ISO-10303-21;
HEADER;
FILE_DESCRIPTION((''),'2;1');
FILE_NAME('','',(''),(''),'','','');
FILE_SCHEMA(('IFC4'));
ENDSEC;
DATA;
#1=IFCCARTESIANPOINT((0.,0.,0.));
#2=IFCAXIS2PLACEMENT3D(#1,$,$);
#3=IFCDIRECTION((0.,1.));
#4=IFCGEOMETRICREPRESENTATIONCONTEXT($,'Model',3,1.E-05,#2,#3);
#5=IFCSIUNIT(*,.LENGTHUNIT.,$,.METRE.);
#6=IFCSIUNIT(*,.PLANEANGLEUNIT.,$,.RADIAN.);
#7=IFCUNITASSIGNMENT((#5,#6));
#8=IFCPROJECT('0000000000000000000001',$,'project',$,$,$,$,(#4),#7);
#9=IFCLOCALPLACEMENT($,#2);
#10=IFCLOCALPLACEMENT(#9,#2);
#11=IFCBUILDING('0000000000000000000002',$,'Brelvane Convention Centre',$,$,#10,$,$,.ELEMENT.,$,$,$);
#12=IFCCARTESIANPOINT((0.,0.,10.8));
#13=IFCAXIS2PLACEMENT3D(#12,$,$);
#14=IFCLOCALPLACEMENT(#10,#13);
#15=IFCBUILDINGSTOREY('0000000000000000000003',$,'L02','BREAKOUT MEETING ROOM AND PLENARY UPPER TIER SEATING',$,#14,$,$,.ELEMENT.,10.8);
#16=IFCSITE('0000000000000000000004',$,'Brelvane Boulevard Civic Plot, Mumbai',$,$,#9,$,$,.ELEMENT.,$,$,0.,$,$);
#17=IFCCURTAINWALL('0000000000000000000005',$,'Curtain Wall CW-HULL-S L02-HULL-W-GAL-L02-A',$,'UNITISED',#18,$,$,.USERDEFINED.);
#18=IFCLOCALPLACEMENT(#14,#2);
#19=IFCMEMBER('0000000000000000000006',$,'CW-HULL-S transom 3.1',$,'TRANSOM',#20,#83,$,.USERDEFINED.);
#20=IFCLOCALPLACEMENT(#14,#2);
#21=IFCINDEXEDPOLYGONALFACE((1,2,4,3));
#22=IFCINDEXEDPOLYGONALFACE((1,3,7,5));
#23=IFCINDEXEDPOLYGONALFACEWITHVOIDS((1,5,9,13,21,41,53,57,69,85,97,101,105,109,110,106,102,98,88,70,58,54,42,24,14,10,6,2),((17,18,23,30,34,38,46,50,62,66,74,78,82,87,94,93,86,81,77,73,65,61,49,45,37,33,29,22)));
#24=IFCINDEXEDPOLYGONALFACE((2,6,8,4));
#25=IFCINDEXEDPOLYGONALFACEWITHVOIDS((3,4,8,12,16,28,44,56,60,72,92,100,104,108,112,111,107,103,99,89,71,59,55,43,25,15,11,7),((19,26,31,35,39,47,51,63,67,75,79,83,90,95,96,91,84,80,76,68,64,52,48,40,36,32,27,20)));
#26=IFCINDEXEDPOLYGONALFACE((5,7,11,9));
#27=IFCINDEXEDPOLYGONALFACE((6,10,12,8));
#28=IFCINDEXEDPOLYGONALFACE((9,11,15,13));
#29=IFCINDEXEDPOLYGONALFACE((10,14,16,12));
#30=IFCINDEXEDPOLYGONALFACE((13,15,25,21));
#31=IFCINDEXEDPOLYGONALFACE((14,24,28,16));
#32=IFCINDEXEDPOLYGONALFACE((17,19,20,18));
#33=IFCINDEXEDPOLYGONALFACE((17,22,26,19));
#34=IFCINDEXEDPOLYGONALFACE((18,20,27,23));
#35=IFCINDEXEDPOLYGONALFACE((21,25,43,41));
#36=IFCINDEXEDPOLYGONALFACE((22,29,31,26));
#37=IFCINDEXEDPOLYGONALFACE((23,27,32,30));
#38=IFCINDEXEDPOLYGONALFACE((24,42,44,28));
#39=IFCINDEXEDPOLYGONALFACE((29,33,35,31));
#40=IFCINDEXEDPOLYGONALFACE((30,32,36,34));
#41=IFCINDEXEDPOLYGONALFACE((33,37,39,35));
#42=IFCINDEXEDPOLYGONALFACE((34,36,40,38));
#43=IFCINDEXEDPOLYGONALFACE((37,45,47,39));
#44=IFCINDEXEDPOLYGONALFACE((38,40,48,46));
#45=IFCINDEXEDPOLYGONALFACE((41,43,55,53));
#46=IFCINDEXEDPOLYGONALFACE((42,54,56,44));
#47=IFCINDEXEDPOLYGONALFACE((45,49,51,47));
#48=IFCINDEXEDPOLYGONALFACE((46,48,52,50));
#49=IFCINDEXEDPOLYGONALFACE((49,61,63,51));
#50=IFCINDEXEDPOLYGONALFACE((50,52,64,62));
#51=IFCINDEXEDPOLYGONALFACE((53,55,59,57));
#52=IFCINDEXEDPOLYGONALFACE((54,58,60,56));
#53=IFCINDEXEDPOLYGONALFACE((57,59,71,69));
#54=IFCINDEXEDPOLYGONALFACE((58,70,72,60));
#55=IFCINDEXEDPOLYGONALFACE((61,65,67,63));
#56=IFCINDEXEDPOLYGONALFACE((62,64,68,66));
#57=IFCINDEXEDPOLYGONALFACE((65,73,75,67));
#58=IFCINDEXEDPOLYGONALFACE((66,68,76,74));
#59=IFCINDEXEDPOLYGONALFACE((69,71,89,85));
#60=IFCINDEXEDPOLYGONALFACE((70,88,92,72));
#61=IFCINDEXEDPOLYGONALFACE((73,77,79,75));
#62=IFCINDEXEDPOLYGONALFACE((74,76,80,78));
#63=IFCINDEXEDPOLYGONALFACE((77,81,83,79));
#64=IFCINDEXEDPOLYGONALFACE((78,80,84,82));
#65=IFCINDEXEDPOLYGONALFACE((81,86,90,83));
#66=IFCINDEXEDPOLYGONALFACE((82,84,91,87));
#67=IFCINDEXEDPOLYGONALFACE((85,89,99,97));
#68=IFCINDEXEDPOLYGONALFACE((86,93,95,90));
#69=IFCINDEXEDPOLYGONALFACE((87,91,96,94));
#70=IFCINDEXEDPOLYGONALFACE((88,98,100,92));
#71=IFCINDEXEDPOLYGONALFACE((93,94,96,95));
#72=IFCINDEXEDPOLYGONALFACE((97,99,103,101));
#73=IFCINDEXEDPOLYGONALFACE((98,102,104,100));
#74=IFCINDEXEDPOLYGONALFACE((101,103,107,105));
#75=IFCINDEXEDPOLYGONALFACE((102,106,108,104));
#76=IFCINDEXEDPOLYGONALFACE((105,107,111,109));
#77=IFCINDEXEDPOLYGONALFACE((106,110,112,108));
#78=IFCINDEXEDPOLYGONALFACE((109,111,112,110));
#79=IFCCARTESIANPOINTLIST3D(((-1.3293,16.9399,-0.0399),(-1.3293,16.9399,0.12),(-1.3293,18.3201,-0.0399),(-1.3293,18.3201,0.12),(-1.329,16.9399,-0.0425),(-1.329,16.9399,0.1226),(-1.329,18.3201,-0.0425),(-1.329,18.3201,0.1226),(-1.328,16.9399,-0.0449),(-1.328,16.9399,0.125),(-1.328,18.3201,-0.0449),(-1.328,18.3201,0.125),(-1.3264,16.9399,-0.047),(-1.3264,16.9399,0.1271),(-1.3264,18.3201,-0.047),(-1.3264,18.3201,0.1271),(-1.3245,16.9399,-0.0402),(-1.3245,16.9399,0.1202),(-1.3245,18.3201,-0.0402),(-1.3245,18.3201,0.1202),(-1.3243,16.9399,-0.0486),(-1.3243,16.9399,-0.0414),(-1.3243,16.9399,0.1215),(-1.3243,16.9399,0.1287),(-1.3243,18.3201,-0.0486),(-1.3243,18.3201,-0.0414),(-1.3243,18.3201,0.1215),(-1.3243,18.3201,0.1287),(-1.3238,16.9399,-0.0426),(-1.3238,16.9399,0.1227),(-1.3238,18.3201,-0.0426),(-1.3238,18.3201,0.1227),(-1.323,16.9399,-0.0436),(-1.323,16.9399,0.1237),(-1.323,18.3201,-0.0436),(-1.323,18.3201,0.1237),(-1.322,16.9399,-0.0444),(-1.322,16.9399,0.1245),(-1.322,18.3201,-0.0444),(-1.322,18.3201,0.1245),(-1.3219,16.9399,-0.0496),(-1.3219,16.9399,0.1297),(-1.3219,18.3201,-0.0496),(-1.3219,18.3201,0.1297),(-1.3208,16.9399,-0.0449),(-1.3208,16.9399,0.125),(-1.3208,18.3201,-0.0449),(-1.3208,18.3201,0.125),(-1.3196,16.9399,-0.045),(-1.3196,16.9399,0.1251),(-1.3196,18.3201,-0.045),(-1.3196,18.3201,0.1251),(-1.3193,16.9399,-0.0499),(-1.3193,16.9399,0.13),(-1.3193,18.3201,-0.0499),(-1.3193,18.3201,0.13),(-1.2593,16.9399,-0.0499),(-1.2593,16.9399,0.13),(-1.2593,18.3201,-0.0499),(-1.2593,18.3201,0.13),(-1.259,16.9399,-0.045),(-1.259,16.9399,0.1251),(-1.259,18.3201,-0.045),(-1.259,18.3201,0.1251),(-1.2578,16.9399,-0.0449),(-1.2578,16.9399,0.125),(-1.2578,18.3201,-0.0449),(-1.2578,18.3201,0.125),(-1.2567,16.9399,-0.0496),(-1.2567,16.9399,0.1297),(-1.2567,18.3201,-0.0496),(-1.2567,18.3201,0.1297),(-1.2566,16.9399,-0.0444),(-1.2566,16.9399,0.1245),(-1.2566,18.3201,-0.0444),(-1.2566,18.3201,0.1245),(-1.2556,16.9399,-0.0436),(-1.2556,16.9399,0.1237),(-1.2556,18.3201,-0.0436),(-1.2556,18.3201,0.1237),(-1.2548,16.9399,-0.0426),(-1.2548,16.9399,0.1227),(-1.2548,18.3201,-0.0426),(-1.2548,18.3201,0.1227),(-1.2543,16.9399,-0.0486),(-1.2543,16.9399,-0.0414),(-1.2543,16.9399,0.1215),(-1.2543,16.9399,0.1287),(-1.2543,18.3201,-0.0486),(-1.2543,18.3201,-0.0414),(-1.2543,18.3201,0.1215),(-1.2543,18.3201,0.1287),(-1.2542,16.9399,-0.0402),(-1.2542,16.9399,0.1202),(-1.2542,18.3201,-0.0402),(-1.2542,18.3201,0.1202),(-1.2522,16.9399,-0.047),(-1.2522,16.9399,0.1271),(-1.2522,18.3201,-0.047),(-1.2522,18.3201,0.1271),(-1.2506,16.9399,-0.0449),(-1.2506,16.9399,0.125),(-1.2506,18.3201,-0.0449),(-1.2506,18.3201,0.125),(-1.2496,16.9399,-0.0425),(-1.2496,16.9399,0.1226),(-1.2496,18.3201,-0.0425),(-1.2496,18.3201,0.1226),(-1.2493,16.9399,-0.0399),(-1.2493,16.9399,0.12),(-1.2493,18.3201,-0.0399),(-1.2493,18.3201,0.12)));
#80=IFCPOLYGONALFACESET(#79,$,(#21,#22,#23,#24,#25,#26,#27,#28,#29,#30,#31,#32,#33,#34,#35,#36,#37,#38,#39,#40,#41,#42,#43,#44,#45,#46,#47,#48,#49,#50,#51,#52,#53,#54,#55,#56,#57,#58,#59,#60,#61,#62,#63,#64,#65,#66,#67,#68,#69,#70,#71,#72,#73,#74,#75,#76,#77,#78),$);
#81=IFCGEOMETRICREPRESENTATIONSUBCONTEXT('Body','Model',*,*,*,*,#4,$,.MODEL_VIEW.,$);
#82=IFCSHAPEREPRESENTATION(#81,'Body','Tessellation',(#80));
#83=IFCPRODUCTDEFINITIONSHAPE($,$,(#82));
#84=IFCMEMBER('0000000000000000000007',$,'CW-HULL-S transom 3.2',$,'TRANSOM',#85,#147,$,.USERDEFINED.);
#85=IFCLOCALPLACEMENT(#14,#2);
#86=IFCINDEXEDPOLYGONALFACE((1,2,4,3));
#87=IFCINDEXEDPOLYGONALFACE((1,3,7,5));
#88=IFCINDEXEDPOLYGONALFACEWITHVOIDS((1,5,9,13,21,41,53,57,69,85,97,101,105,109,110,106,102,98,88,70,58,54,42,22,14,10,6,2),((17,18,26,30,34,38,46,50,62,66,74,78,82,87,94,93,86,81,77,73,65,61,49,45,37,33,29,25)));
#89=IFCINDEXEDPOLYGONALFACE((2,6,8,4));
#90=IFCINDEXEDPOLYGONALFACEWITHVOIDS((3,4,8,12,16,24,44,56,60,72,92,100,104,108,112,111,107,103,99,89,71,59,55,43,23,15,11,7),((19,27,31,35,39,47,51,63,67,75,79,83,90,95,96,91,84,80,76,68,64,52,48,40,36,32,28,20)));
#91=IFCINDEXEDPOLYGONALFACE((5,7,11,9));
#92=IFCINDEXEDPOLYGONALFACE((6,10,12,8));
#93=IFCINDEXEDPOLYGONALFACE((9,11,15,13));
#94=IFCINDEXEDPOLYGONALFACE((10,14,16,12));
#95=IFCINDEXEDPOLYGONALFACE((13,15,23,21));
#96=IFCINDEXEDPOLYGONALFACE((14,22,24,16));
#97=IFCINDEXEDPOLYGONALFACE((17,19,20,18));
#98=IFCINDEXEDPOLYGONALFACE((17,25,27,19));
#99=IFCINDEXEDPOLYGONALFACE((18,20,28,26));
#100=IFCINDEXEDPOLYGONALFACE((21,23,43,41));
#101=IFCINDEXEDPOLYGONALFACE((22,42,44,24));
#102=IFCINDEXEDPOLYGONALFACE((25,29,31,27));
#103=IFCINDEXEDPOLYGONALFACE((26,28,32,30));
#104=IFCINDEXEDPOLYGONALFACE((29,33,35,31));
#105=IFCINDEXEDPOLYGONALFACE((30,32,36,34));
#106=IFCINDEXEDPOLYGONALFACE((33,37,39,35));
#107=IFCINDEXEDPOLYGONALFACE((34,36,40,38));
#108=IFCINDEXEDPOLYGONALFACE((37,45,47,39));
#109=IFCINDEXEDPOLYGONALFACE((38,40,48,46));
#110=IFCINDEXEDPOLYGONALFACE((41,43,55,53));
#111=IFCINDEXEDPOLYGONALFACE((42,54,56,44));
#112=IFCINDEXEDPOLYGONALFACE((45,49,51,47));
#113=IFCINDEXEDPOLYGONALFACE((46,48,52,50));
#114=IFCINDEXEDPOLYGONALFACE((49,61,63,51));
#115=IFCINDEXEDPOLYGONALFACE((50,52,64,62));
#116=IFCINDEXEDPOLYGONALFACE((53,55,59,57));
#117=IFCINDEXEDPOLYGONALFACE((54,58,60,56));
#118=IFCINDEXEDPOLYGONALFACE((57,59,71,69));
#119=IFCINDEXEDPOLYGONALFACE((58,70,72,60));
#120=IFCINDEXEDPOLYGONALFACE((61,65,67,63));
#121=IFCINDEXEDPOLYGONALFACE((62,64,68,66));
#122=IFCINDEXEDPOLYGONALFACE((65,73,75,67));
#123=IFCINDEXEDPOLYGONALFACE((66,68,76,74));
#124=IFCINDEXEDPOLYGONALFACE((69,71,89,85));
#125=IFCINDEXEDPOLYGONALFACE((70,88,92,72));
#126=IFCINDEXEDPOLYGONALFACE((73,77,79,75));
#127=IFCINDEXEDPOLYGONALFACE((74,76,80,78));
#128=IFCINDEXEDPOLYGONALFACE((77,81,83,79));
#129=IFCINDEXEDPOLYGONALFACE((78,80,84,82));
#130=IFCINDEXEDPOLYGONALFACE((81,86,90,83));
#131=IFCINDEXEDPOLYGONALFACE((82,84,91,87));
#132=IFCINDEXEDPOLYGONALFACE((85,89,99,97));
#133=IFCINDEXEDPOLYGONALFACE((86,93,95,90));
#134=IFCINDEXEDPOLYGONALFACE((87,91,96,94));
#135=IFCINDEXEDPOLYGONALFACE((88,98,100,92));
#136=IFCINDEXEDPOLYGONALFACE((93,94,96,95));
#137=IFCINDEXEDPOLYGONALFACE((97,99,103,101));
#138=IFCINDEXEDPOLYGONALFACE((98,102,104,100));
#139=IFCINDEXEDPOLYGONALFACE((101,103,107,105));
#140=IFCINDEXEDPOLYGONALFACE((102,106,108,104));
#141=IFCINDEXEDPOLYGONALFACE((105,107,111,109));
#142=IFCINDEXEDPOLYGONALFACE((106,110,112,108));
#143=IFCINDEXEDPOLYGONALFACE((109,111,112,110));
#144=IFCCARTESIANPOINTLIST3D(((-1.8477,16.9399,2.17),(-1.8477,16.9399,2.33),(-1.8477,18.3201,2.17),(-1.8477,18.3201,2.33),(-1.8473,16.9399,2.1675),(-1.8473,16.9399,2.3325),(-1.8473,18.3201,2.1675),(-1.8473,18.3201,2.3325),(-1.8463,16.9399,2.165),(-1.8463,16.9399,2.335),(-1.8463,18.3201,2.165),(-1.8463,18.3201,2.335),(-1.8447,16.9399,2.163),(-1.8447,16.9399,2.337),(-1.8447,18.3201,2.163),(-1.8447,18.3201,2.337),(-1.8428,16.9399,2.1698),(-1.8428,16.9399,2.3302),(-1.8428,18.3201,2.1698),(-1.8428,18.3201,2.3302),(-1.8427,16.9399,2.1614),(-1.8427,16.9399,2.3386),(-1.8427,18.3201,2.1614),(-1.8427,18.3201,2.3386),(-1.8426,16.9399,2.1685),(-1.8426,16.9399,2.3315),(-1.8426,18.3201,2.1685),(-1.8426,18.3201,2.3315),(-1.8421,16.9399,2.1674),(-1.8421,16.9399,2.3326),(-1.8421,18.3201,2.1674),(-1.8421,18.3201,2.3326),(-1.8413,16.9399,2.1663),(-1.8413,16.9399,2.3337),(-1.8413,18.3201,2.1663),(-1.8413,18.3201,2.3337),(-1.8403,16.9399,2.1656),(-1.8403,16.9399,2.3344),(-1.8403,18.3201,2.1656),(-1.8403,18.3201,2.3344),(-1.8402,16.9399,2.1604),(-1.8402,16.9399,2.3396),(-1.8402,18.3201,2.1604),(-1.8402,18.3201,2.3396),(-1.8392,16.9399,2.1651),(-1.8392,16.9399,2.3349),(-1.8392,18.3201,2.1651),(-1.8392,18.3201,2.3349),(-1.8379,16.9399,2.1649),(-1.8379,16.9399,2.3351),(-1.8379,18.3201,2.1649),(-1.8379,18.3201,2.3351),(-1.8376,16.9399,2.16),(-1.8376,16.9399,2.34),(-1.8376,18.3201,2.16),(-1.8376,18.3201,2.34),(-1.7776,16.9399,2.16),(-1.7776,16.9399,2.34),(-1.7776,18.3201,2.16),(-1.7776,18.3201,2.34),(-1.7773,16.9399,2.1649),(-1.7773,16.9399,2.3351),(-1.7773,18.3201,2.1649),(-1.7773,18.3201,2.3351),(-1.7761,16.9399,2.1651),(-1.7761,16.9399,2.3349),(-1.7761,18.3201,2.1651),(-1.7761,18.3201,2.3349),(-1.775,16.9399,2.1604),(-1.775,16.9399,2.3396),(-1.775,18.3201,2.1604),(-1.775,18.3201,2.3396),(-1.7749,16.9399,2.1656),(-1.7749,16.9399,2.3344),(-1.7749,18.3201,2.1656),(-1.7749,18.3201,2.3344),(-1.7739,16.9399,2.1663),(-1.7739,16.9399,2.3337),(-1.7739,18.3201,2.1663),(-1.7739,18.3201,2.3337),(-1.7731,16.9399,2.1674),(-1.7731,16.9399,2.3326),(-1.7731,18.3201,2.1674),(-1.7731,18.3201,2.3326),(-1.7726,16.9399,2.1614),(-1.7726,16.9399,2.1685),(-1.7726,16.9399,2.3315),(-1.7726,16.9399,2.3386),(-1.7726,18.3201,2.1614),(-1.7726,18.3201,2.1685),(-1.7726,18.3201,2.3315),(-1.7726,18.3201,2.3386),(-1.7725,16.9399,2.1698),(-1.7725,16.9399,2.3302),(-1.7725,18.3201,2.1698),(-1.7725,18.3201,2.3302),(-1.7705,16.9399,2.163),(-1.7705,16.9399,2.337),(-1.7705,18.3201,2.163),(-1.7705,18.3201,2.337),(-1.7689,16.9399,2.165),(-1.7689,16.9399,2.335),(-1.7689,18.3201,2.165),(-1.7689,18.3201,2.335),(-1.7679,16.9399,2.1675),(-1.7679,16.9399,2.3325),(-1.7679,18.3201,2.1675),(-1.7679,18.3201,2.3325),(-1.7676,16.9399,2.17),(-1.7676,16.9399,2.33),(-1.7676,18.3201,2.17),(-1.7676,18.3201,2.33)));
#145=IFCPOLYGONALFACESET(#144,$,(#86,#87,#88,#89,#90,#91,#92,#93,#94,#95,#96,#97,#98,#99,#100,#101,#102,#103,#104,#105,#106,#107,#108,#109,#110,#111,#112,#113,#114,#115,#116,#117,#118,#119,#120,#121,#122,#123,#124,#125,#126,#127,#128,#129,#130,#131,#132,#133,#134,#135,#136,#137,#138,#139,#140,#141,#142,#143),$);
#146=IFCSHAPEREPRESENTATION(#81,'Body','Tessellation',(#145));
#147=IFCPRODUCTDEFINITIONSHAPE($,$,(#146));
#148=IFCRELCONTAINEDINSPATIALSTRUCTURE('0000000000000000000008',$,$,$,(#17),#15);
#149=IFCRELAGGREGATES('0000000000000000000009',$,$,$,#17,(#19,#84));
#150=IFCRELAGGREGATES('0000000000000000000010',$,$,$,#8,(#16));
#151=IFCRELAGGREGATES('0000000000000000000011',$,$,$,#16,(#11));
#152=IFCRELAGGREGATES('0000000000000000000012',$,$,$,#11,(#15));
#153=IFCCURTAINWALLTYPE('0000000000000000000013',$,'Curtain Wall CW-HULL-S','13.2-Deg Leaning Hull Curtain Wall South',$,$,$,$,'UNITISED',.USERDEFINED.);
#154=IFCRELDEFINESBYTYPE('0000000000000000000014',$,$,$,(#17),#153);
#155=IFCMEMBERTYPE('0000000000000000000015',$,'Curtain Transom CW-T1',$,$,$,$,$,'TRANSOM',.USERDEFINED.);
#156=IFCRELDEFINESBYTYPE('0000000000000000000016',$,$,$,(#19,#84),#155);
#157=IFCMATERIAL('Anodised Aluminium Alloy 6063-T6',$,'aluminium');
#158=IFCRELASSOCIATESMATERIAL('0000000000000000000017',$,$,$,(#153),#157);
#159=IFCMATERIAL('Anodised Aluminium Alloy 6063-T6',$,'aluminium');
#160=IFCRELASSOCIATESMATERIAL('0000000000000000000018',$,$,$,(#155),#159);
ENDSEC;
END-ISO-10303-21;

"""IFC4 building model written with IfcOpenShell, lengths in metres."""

from ifc_helpers import new_model, si_unit, direction, frame, origin, origin_2d, place, context, subcontext, project, spatial, hollow_rectangle, extrude, material, material_profile, profile_set, type_object, element, aggregate, save


model = new_model("IFC4")

# Units and contexts
model_context = context("Model", 3, precision=1e-05, world=origin(), true_north=direction((0.0, 1.0)))
body_context = subcontext(model_context, "Body", "Model", "MODEL_VIEW")
ifc_project = project(units=[si_unit("LENGTHUNIT", "METRE"), si_unit("PLANEANGLEUNIT", "RADIAN")], contexts=[model_context])

# Site, building, storey
site_placement = place(None, origin())
site = spatial("IfcSite", under=ifc_project, at=site_placement, Name="Brelvane Boulevard Civic Plot, Mumbai", CompositionType="ELEMENT", RefElevation=0.0)
building_placement = place(site_placement, origin())
building = spatial("IfcBuilding", under=site, at=building_placement, Name="Brelvane Convention Centre", CompositionType="ELEMENT")
storey_placement = place(building_placement, frame((0.0, 0.0, 10.8)))
storey = spatial("IfcBuildingStorey", under=building, at=storey_placement, Name="L02", Description="BREAKOUT MEETING ROOM AND PLENARY UPPER TIER SEATING", CompositionType="ELEMENT", Elevation=10.8)

# Curtain wall, members
ifc_material_1 = material(Name="Anodised Aluminium Alloy 6063-T6", Category="aluminium")
curtain_wall_type = type_object("IfcCurtainWallType", Name="Curtain Wall CW-HULL-S", Description="13.2-Deg Leaning Hull Curtain Wall South", ElementType="UNITISED", PredefinedType="USERDEFINED", material=ifc_material_1)
curtain_wall_1_placement = place(storey_placement, origin())
curtain_wall_1 = element("IfcCurtainWall", 1, at=curtain_wall_1_placement, inside=storey, type_object=curtain_wall_type, Name="Curtain Wall CW-HULL-S L02-HULL-W-GAL-L02-A", ObjectType="UNITISED", PredefinedType="USERDEFINED")
ifc_material_2 = material(Name="Anodised Aluminium Alloy 6063-T6", Category="aluminium")
ifc_material_profile_1 = material_profile(ifc_material_2, hollow_rectangle(XDim=0.0801, YDim=0.1799, WallThickness=0.0049, InnerFilletRadius=0.0049, OuterFilletRadius=0.01, at=origin_2d()), Name="ALU-T 180x80x5.0")
ifc_profile_set_1 = profile_set([ifc_material_profile_1], Name="Anodised Aluminium Alloy 6063-T6")
member_type_1 = type_object("IfcMemberType", Name="Curtain Transom CW-T1", ElementType="TRANSOM", PredefinedType="USERDEFINED", material=ifc_profile_set_1)
member_1_placement = place(storey_placement, frame((-1.2893, 16.9399, 0.04), z_axis=(0.0, 1.0, 0.0), x_axis=(-1.0, 0.0, 0.0)))
member_1 = element("IfcMember", 2, at=member_1_placement, type_object=member_type_1, Name="CW-HULL-S transom 3.1", ObjectType="TRANSOM", PredefinedType="USERDEFINED", context=body_context, shape_type="SweptSolid", body=[
    extrude(hollow_rectangle(XDim=0.0801, YDim=0.1799, WallThickness=0.0049, InnerFilletRadius=0.0049, OuterFilletRadius=0.01, at=origin_2d()), origin(), (0.0, 0.0, 1.0), 1.3801),
])
member_2_placement = place(storey_placement, frame((-1.8076, 16.9399, 2.25), z_axis=(0.0, 1.0, 0.0), x_axis=(-1.0, 0.0, 0.0)))
member_2 = element("IfcMember", 3, at=member_2_placement, type_object=member_type_1, Name="CW-HULL-S transom 3.2", ObjectType="TRANSOM", PredefinedType="USERDEFINED", context=body_context, shape_type="SweptSolid", body=[
    extrude(hollow_rectangle(XDim=0.0801, YDim=0.1799, WallThickness=0.0049, InnerFilletRadius=0.0049, OuterFilletRadius=0.01, at=origin_2d()), origin(), (0.0, 0.0, 1.0), 1.3801),
])

aggregate(curtain_wall_1, [member_1, member_2])

save(model, "model.ifc")
